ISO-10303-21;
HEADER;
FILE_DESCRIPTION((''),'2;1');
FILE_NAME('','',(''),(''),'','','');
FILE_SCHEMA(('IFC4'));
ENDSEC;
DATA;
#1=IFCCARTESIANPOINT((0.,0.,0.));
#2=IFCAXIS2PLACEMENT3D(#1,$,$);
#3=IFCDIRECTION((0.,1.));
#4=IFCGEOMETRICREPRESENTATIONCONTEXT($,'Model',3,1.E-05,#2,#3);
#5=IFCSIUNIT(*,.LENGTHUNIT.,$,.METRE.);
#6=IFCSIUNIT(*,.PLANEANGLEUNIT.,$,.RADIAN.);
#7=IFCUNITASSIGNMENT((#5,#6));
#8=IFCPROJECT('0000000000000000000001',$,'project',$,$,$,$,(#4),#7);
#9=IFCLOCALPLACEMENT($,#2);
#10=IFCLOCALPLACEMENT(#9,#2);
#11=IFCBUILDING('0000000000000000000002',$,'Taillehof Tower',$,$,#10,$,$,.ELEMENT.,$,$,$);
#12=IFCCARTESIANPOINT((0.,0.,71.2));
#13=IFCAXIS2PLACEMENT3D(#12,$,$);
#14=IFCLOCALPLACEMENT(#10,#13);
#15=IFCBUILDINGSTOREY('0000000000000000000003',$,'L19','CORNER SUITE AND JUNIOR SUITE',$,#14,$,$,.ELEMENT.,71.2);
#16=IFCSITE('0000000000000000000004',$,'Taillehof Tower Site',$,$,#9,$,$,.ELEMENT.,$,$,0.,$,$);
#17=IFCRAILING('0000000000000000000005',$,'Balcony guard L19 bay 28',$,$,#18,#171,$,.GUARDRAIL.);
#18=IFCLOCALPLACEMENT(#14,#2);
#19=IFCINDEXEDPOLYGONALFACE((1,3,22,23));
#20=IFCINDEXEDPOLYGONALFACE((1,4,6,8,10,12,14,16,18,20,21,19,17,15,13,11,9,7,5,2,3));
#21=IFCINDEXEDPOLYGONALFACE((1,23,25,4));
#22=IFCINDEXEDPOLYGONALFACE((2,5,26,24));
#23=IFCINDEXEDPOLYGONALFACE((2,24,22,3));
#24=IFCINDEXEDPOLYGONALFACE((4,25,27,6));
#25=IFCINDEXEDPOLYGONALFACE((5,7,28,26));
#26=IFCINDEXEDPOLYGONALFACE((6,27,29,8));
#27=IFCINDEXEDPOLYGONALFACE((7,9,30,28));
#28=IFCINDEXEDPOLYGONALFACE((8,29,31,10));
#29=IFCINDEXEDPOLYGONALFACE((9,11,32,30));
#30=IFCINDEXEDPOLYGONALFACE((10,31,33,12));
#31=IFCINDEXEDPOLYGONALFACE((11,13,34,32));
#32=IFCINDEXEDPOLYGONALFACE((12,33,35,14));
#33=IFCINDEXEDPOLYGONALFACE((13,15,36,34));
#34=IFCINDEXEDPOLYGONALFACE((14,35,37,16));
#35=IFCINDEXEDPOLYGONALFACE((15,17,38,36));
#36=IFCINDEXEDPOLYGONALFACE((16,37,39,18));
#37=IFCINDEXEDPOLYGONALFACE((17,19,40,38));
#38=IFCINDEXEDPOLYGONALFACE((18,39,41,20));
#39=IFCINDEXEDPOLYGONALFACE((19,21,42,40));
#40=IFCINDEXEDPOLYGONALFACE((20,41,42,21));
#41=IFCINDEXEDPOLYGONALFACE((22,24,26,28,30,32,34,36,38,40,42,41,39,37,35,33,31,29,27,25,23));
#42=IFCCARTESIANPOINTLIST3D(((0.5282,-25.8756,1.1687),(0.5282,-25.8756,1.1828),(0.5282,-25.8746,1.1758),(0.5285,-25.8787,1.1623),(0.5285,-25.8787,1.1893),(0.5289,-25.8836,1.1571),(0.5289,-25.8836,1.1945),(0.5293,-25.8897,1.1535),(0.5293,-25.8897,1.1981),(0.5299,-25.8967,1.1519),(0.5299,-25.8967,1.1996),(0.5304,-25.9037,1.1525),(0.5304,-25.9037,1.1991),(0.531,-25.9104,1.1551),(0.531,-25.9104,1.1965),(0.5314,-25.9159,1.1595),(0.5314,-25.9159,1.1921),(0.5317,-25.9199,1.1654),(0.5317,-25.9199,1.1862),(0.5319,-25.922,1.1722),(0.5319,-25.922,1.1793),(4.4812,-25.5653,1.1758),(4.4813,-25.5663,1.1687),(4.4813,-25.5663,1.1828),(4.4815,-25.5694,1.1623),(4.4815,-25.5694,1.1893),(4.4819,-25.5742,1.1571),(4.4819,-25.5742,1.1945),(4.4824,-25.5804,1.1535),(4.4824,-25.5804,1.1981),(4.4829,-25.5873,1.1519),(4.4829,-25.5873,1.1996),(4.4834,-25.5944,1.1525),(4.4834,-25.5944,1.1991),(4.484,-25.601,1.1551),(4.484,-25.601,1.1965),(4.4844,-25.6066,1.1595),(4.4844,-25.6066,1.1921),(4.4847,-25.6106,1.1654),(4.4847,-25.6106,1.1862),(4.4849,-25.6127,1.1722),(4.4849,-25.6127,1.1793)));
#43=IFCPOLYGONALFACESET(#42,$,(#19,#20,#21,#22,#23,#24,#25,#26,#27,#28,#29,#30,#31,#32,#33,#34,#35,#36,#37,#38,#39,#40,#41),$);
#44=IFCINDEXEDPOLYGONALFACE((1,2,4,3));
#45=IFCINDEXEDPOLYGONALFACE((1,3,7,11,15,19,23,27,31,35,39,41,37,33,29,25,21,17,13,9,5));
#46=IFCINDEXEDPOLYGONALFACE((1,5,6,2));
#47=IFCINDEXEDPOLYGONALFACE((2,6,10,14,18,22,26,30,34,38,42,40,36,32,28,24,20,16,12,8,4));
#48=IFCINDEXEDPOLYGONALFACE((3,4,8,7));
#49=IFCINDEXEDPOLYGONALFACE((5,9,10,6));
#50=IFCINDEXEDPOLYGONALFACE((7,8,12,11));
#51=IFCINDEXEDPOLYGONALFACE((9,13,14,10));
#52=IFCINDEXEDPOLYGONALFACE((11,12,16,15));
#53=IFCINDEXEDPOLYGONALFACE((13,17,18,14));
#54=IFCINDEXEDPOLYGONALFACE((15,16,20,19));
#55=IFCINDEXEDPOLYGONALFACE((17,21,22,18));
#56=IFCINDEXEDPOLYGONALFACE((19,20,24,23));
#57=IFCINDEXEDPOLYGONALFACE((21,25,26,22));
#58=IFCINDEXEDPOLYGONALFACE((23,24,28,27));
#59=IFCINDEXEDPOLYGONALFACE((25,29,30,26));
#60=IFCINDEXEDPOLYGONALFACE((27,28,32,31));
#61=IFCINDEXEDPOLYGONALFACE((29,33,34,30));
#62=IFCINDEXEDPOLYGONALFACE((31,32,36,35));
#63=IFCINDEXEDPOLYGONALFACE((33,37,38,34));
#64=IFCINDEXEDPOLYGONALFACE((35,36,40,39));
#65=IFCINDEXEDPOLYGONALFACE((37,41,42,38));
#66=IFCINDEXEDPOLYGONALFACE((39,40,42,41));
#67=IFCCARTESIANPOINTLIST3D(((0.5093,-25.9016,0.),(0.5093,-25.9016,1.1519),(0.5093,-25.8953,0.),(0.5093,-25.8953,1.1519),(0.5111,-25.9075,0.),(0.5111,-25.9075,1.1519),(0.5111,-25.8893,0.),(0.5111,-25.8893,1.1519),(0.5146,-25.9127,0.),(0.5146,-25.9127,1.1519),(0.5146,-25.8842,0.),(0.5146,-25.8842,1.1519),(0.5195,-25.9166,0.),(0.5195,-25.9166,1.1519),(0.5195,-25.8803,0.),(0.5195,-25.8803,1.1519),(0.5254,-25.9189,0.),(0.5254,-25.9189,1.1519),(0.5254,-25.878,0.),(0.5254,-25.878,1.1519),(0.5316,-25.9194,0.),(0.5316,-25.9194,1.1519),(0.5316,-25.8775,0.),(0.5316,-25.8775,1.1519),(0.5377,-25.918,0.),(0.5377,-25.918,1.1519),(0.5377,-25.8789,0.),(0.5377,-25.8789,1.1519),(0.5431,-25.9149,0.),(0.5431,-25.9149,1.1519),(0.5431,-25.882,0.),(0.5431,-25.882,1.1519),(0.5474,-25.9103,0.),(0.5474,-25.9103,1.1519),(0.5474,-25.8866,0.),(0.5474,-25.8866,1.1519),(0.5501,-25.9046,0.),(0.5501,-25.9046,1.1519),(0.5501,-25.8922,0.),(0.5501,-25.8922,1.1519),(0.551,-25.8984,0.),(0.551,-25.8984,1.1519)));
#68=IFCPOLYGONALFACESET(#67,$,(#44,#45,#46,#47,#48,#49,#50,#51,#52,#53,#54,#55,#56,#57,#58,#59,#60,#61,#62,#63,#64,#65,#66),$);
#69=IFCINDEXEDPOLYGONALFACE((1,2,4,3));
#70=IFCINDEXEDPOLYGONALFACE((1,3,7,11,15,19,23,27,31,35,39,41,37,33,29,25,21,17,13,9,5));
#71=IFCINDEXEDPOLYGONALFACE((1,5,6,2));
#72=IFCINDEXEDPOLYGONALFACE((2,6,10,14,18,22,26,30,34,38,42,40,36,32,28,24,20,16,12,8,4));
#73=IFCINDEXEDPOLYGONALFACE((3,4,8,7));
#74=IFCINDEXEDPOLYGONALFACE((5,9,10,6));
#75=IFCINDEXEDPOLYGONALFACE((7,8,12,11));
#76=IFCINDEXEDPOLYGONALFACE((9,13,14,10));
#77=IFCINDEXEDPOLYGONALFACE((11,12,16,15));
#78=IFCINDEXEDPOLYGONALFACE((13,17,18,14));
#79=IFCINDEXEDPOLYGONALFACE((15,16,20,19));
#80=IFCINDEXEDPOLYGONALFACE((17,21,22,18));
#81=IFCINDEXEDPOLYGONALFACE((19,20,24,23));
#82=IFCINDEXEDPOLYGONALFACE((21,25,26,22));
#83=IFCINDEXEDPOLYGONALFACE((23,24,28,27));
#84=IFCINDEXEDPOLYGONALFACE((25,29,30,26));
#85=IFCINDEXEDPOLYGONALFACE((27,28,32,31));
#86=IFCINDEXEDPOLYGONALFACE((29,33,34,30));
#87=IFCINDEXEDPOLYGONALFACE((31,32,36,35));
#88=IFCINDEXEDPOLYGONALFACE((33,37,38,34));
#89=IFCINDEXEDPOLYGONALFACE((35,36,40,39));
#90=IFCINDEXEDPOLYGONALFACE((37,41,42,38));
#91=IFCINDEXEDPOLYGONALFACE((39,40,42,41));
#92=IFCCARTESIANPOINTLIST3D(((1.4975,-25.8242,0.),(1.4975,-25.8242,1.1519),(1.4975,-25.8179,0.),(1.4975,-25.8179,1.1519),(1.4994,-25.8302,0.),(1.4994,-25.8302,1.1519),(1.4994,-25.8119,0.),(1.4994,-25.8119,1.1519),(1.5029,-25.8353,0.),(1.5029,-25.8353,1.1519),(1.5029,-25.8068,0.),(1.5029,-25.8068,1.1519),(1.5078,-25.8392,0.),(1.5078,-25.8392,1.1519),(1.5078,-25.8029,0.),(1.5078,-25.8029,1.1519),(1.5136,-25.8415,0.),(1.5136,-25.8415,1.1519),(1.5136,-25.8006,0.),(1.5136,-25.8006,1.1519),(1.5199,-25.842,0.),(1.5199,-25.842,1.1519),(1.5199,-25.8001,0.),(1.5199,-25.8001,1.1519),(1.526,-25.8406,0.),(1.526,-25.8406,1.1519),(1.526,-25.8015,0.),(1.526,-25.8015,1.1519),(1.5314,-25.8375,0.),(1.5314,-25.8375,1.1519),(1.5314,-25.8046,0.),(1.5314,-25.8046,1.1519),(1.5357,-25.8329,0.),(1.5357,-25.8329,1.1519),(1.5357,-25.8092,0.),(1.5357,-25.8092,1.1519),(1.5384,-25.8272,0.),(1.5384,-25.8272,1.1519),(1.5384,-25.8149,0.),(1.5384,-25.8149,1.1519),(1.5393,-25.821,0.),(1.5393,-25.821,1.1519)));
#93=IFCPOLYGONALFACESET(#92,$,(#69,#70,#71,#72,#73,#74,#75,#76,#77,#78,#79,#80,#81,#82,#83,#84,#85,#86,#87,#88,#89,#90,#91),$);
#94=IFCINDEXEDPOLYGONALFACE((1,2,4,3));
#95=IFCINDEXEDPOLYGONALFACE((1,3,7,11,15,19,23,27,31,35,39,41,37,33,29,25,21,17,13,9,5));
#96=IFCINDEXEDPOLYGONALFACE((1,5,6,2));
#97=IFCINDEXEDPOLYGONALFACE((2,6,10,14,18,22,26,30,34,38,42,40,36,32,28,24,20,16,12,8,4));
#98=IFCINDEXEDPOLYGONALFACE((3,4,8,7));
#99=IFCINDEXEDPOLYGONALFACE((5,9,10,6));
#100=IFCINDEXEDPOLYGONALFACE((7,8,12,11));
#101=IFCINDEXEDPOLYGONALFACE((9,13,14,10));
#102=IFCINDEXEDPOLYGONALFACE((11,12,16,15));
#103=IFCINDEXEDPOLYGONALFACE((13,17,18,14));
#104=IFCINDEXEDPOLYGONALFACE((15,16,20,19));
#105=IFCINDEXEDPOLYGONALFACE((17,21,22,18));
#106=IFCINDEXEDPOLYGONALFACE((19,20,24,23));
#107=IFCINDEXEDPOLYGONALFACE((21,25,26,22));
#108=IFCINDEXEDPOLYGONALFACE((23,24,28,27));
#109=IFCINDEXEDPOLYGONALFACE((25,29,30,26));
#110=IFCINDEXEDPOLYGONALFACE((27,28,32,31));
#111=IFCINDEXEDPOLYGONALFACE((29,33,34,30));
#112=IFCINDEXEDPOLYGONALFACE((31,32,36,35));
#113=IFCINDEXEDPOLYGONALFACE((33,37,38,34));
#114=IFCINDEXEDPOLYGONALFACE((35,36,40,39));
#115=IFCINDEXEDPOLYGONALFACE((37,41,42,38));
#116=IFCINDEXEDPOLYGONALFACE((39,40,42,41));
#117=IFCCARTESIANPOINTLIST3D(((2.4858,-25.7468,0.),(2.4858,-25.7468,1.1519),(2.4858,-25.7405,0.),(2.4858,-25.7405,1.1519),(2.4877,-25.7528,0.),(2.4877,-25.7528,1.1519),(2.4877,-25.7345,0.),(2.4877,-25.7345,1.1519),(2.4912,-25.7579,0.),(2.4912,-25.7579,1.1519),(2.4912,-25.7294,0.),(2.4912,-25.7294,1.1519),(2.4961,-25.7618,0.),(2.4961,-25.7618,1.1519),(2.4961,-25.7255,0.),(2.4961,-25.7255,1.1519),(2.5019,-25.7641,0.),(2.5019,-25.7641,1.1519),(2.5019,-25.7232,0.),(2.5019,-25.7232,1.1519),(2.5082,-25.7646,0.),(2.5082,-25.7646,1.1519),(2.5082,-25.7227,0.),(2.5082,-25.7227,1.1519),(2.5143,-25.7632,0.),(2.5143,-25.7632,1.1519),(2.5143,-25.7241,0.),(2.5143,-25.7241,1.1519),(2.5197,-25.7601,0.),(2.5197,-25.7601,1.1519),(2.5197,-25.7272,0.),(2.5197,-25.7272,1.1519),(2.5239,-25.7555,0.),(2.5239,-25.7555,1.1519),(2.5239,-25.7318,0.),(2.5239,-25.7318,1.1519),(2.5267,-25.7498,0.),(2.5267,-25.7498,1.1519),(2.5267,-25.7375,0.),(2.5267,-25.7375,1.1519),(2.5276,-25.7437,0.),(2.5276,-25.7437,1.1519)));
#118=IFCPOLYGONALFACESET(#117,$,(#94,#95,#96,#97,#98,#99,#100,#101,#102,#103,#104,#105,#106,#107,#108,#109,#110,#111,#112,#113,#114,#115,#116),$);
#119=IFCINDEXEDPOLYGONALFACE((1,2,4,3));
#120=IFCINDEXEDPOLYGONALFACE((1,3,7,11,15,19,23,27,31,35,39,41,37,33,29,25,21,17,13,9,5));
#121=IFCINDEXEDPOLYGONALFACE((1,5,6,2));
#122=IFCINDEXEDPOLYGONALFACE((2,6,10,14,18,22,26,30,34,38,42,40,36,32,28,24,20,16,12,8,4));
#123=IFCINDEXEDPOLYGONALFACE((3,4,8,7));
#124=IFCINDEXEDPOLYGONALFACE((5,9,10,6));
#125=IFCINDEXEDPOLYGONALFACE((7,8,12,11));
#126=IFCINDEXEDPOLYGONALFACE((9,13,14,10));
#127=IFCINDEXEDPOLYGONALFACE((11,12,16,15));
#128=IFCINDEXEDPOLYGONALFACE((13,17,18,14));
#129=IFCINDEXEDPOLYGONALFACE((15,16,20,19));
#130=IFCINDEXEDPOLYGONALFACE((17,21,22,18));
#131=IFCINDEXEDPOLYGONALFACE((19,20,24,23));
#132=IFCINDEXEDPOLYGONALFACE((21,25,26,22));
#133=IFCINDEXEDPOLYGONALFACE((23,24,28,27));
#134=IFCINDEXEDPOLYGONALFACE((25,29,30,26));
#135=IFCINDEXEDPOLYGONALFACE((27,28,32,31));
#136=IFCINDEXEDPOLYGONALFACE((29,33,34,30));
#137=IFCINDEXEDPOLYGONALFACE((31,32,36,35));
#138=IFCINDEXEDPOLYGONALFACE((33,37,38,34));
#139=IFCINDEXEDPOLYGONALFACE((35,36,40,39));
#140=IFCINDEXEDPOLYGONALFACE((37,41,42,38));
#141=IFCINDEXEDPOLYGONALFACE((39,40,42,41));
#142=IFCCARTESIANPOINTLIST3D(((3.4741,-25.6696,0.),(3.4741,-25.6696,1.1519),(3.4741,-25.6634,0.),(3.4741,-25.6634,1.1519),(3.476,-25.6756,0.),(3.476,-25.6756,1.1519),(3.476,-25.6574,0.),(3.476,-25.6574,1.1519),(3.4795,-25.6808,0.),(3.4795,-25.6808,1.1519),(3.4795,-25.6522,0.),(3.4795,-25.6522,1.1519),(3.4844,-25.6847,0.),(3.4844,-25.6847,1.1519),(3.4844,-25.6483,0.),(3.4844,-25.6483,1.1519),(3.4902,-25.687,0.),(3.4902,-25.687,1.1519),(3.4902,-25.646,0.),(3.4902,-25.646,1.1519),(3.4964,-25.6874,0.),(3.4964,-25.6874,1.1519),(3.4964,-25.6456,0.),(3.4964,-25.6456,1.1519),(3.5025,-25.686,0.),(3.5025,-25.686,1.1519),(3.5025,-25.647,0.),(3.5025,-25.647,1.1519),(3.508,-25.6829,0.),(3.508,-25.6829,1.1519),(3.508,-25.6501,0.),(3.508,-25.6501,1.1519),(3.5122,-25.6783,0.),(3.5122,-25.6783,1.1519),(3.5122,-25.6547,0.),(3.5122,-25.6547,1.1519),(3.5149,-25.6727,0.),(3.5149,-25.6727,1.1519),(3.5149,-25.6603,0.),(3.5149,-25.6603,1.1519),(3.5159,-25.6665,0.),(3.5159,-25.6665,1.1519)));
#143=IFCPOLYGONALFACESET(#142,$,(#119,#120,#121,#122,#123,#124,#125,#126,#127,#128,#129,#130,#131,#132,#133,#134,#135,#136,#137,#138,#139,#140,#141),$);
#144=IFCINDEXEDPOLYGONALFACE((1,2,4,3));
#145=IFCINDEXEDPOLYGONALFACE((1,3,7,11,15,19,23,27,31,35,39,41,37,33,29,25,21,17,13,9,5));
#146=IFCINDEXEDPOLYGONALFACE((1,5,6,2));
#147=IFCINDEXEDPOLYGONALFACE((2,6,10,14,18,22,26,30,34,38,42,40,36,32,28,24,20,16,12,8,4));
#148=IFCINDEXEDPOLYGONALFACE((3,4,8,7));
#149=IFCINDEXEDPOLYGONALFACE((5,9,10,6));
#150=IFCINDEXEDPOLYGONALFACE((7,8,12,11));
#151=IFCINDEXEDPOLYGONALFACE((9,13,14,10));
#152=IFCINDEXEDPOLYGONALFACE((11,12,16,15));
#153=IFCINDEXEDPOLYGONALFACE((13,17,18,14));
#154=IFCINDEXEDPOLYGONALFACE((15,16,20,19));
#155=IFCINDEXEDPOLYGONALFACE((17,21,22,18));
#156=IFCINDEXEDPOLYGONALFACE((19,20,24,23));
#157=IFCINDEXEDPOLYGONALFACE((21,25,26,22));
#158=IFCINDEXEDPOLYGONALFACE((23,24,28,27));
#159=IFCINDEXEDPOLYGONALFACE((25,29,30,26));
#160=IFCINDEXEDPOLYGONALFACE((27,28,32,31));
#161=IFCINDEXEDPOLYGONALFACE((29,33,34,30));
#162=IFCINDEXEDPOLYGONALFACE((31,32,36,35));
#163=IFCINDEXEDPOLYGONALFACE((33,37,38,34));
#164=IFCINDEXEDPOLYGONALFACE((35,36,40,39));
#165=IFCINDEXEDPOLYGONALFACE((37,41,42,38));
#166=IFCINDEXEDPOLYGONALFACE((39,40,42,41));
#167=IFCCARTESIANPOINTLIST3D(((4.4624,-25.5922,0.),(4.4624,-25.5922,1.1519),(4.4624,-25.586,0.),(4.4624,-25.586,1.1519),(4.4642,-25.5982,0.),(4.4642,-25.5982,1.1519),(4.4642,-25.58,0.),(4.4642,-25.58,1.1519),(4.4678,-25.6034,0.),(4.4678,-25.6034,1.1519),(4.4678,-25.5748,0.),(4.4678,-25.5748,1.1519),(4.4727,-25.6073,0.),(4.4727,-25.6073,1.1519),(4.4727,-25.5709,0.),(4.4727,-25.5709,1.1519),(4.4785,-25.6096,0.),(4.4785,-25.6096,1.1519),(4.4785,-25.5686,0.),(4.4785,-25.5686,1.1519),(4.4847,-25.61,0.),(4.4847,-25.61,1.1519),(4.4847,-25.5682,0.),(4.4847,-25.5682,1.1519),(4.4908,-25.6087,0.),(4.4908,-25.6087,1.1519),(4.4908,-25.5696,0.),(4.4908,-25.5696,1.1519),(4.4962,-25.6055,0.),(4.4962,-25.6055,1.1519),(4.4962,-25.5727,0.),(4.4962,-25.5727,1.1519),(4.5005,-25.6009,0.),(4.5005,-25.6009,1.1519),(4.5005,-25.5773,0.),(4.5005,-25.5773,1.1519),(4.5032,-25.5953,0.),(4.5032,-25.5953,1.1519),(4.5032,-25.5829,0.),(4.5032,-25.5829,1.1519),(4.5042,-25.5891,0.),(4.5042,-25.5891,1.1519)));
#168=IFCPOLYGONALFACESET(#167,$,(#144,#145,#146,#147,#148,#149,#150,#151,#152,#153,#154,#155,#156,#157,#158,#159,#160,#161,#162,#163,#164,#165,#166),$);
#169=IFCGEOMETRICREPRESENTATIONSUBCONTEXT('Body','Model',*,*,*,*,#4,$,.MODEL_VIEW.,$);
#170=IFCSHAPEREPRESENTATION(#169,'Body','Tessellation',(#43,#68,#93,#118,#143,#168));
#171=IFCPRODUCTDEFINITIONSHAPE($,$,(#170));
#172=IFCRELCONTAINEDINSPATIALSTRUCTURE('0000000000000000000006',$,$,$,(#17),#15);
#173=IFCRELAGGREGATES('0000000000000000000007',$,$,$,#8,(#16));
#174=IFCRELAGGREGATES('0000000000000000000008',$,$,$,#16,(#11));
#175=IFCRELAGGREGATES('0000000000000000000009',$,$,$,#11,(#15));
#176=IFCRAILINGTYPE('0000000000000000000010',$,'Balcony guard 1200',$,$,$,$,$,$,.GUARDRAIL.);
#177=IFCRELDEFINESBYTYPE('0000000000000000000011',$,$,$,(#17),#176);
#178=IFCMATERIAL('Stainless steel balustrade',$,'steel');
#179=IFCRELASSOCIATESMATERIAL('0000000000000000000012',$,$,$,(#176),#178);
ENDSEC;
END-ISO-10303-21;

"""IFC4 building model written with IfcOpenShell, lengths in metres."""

from ifc_helpers import new_model, si_unit, direction, frame, origin, origin_2d, place, context, subcontext, project, spatial, circle, extrude, material, type_object, element, save


model = new_model("IFC4")

# Units and contexts
model_context = context("Model", 3, precision=1e-05, world=origin(), true_north=direction((0.0, 1.0)))
body_context = subcontext(model_context, "Body", "Model", "MODEL_VIEW")
ifc_project = project(units=[si_unit("LENGTHUNIT", "METRE"), si_unit("PLANEANGLEUNIT", "RADIAN")], contexts=[model_context])

# Site, building, storey
site_placement = place(None, origin())
site = spatial("IfcSite", under=ifc_project, at=site_placement, Name="Taillehof Tower Site", CompositionType="ELEMENT", RefElevation=0.0)
building_placement = place(site_placement, origin())
building = spatial("IfcBuilding", under=site, at=building_placement, Name="Taillehof Tower", CompositionType="ELEMENT")
storey_placement = place(building_placement, frame((0.0, 0.0, 71.2)))
storey = spatial("IfcBuildingStorey", under=building, at=storey_placement, Name="L19", Description="CORNER SUITE AND JUNIOR SUITE", CompositionType="ELEMENT", Elevation=71.2)

# Railing
ifc_material_1 = material(Name="Stainless steel balustrade", Category="steel")
railing_type = type_object("IfcRailingType", Name="Balcony guard 1200", PredefinedType="GUARDRAIL", material=ifc_material_1)
railing_1_placement = place(storey_placement, frame((0.53, -25.8984, 0.0)))
element("IfcRailing", 1, at=railing_1_placement, inside=storey, type_object=railing_type, Name="Balcony guard L19 bay 28", PredefinedType="GUARDRAIL", context=body_context, shape_type="SweptSolid", body=[
    extrude(circle(Radius=0.0239, at=origin_2d()), frame((0.0, 0.0, 1.1758), z_axis=(0.996953, 0.07801, 0.0), x_axis=(-0.07801, 0.996953, 0.0)), (0.0, 0.0, 1.0), 3.9651),
    extrude(circle(Radius=0.021, at=origin_2d()), origin(), (0.0, 0.0, 1.0), 1.1519),
    extrude(circle(Radius=0.021, at=origin_2d()), frame((0.9883, 0.0774, 0.0)), (0.0, 0.0, 1.0), 1.1519),
    extrude(circle(Radius=0.021, at=origin_2d()), frame((1.9766, 0.1548, 0.0)), (0.0, 0.0, 1.0), 1.1519),
    extrude(circle(Radius=0.021, at=origin_2d()), frame((2.9648, 0.2319, 0.0)), (0.0, 0.0, 1.0), 1.1519),
    extrude(circle(Radius=0.021, at=origin_2d()), frame((3.9531, 0.3093, 0.0)), (0.0, 0.0, 1.0), 1.1519),
])

save(model, "model.ifc")
